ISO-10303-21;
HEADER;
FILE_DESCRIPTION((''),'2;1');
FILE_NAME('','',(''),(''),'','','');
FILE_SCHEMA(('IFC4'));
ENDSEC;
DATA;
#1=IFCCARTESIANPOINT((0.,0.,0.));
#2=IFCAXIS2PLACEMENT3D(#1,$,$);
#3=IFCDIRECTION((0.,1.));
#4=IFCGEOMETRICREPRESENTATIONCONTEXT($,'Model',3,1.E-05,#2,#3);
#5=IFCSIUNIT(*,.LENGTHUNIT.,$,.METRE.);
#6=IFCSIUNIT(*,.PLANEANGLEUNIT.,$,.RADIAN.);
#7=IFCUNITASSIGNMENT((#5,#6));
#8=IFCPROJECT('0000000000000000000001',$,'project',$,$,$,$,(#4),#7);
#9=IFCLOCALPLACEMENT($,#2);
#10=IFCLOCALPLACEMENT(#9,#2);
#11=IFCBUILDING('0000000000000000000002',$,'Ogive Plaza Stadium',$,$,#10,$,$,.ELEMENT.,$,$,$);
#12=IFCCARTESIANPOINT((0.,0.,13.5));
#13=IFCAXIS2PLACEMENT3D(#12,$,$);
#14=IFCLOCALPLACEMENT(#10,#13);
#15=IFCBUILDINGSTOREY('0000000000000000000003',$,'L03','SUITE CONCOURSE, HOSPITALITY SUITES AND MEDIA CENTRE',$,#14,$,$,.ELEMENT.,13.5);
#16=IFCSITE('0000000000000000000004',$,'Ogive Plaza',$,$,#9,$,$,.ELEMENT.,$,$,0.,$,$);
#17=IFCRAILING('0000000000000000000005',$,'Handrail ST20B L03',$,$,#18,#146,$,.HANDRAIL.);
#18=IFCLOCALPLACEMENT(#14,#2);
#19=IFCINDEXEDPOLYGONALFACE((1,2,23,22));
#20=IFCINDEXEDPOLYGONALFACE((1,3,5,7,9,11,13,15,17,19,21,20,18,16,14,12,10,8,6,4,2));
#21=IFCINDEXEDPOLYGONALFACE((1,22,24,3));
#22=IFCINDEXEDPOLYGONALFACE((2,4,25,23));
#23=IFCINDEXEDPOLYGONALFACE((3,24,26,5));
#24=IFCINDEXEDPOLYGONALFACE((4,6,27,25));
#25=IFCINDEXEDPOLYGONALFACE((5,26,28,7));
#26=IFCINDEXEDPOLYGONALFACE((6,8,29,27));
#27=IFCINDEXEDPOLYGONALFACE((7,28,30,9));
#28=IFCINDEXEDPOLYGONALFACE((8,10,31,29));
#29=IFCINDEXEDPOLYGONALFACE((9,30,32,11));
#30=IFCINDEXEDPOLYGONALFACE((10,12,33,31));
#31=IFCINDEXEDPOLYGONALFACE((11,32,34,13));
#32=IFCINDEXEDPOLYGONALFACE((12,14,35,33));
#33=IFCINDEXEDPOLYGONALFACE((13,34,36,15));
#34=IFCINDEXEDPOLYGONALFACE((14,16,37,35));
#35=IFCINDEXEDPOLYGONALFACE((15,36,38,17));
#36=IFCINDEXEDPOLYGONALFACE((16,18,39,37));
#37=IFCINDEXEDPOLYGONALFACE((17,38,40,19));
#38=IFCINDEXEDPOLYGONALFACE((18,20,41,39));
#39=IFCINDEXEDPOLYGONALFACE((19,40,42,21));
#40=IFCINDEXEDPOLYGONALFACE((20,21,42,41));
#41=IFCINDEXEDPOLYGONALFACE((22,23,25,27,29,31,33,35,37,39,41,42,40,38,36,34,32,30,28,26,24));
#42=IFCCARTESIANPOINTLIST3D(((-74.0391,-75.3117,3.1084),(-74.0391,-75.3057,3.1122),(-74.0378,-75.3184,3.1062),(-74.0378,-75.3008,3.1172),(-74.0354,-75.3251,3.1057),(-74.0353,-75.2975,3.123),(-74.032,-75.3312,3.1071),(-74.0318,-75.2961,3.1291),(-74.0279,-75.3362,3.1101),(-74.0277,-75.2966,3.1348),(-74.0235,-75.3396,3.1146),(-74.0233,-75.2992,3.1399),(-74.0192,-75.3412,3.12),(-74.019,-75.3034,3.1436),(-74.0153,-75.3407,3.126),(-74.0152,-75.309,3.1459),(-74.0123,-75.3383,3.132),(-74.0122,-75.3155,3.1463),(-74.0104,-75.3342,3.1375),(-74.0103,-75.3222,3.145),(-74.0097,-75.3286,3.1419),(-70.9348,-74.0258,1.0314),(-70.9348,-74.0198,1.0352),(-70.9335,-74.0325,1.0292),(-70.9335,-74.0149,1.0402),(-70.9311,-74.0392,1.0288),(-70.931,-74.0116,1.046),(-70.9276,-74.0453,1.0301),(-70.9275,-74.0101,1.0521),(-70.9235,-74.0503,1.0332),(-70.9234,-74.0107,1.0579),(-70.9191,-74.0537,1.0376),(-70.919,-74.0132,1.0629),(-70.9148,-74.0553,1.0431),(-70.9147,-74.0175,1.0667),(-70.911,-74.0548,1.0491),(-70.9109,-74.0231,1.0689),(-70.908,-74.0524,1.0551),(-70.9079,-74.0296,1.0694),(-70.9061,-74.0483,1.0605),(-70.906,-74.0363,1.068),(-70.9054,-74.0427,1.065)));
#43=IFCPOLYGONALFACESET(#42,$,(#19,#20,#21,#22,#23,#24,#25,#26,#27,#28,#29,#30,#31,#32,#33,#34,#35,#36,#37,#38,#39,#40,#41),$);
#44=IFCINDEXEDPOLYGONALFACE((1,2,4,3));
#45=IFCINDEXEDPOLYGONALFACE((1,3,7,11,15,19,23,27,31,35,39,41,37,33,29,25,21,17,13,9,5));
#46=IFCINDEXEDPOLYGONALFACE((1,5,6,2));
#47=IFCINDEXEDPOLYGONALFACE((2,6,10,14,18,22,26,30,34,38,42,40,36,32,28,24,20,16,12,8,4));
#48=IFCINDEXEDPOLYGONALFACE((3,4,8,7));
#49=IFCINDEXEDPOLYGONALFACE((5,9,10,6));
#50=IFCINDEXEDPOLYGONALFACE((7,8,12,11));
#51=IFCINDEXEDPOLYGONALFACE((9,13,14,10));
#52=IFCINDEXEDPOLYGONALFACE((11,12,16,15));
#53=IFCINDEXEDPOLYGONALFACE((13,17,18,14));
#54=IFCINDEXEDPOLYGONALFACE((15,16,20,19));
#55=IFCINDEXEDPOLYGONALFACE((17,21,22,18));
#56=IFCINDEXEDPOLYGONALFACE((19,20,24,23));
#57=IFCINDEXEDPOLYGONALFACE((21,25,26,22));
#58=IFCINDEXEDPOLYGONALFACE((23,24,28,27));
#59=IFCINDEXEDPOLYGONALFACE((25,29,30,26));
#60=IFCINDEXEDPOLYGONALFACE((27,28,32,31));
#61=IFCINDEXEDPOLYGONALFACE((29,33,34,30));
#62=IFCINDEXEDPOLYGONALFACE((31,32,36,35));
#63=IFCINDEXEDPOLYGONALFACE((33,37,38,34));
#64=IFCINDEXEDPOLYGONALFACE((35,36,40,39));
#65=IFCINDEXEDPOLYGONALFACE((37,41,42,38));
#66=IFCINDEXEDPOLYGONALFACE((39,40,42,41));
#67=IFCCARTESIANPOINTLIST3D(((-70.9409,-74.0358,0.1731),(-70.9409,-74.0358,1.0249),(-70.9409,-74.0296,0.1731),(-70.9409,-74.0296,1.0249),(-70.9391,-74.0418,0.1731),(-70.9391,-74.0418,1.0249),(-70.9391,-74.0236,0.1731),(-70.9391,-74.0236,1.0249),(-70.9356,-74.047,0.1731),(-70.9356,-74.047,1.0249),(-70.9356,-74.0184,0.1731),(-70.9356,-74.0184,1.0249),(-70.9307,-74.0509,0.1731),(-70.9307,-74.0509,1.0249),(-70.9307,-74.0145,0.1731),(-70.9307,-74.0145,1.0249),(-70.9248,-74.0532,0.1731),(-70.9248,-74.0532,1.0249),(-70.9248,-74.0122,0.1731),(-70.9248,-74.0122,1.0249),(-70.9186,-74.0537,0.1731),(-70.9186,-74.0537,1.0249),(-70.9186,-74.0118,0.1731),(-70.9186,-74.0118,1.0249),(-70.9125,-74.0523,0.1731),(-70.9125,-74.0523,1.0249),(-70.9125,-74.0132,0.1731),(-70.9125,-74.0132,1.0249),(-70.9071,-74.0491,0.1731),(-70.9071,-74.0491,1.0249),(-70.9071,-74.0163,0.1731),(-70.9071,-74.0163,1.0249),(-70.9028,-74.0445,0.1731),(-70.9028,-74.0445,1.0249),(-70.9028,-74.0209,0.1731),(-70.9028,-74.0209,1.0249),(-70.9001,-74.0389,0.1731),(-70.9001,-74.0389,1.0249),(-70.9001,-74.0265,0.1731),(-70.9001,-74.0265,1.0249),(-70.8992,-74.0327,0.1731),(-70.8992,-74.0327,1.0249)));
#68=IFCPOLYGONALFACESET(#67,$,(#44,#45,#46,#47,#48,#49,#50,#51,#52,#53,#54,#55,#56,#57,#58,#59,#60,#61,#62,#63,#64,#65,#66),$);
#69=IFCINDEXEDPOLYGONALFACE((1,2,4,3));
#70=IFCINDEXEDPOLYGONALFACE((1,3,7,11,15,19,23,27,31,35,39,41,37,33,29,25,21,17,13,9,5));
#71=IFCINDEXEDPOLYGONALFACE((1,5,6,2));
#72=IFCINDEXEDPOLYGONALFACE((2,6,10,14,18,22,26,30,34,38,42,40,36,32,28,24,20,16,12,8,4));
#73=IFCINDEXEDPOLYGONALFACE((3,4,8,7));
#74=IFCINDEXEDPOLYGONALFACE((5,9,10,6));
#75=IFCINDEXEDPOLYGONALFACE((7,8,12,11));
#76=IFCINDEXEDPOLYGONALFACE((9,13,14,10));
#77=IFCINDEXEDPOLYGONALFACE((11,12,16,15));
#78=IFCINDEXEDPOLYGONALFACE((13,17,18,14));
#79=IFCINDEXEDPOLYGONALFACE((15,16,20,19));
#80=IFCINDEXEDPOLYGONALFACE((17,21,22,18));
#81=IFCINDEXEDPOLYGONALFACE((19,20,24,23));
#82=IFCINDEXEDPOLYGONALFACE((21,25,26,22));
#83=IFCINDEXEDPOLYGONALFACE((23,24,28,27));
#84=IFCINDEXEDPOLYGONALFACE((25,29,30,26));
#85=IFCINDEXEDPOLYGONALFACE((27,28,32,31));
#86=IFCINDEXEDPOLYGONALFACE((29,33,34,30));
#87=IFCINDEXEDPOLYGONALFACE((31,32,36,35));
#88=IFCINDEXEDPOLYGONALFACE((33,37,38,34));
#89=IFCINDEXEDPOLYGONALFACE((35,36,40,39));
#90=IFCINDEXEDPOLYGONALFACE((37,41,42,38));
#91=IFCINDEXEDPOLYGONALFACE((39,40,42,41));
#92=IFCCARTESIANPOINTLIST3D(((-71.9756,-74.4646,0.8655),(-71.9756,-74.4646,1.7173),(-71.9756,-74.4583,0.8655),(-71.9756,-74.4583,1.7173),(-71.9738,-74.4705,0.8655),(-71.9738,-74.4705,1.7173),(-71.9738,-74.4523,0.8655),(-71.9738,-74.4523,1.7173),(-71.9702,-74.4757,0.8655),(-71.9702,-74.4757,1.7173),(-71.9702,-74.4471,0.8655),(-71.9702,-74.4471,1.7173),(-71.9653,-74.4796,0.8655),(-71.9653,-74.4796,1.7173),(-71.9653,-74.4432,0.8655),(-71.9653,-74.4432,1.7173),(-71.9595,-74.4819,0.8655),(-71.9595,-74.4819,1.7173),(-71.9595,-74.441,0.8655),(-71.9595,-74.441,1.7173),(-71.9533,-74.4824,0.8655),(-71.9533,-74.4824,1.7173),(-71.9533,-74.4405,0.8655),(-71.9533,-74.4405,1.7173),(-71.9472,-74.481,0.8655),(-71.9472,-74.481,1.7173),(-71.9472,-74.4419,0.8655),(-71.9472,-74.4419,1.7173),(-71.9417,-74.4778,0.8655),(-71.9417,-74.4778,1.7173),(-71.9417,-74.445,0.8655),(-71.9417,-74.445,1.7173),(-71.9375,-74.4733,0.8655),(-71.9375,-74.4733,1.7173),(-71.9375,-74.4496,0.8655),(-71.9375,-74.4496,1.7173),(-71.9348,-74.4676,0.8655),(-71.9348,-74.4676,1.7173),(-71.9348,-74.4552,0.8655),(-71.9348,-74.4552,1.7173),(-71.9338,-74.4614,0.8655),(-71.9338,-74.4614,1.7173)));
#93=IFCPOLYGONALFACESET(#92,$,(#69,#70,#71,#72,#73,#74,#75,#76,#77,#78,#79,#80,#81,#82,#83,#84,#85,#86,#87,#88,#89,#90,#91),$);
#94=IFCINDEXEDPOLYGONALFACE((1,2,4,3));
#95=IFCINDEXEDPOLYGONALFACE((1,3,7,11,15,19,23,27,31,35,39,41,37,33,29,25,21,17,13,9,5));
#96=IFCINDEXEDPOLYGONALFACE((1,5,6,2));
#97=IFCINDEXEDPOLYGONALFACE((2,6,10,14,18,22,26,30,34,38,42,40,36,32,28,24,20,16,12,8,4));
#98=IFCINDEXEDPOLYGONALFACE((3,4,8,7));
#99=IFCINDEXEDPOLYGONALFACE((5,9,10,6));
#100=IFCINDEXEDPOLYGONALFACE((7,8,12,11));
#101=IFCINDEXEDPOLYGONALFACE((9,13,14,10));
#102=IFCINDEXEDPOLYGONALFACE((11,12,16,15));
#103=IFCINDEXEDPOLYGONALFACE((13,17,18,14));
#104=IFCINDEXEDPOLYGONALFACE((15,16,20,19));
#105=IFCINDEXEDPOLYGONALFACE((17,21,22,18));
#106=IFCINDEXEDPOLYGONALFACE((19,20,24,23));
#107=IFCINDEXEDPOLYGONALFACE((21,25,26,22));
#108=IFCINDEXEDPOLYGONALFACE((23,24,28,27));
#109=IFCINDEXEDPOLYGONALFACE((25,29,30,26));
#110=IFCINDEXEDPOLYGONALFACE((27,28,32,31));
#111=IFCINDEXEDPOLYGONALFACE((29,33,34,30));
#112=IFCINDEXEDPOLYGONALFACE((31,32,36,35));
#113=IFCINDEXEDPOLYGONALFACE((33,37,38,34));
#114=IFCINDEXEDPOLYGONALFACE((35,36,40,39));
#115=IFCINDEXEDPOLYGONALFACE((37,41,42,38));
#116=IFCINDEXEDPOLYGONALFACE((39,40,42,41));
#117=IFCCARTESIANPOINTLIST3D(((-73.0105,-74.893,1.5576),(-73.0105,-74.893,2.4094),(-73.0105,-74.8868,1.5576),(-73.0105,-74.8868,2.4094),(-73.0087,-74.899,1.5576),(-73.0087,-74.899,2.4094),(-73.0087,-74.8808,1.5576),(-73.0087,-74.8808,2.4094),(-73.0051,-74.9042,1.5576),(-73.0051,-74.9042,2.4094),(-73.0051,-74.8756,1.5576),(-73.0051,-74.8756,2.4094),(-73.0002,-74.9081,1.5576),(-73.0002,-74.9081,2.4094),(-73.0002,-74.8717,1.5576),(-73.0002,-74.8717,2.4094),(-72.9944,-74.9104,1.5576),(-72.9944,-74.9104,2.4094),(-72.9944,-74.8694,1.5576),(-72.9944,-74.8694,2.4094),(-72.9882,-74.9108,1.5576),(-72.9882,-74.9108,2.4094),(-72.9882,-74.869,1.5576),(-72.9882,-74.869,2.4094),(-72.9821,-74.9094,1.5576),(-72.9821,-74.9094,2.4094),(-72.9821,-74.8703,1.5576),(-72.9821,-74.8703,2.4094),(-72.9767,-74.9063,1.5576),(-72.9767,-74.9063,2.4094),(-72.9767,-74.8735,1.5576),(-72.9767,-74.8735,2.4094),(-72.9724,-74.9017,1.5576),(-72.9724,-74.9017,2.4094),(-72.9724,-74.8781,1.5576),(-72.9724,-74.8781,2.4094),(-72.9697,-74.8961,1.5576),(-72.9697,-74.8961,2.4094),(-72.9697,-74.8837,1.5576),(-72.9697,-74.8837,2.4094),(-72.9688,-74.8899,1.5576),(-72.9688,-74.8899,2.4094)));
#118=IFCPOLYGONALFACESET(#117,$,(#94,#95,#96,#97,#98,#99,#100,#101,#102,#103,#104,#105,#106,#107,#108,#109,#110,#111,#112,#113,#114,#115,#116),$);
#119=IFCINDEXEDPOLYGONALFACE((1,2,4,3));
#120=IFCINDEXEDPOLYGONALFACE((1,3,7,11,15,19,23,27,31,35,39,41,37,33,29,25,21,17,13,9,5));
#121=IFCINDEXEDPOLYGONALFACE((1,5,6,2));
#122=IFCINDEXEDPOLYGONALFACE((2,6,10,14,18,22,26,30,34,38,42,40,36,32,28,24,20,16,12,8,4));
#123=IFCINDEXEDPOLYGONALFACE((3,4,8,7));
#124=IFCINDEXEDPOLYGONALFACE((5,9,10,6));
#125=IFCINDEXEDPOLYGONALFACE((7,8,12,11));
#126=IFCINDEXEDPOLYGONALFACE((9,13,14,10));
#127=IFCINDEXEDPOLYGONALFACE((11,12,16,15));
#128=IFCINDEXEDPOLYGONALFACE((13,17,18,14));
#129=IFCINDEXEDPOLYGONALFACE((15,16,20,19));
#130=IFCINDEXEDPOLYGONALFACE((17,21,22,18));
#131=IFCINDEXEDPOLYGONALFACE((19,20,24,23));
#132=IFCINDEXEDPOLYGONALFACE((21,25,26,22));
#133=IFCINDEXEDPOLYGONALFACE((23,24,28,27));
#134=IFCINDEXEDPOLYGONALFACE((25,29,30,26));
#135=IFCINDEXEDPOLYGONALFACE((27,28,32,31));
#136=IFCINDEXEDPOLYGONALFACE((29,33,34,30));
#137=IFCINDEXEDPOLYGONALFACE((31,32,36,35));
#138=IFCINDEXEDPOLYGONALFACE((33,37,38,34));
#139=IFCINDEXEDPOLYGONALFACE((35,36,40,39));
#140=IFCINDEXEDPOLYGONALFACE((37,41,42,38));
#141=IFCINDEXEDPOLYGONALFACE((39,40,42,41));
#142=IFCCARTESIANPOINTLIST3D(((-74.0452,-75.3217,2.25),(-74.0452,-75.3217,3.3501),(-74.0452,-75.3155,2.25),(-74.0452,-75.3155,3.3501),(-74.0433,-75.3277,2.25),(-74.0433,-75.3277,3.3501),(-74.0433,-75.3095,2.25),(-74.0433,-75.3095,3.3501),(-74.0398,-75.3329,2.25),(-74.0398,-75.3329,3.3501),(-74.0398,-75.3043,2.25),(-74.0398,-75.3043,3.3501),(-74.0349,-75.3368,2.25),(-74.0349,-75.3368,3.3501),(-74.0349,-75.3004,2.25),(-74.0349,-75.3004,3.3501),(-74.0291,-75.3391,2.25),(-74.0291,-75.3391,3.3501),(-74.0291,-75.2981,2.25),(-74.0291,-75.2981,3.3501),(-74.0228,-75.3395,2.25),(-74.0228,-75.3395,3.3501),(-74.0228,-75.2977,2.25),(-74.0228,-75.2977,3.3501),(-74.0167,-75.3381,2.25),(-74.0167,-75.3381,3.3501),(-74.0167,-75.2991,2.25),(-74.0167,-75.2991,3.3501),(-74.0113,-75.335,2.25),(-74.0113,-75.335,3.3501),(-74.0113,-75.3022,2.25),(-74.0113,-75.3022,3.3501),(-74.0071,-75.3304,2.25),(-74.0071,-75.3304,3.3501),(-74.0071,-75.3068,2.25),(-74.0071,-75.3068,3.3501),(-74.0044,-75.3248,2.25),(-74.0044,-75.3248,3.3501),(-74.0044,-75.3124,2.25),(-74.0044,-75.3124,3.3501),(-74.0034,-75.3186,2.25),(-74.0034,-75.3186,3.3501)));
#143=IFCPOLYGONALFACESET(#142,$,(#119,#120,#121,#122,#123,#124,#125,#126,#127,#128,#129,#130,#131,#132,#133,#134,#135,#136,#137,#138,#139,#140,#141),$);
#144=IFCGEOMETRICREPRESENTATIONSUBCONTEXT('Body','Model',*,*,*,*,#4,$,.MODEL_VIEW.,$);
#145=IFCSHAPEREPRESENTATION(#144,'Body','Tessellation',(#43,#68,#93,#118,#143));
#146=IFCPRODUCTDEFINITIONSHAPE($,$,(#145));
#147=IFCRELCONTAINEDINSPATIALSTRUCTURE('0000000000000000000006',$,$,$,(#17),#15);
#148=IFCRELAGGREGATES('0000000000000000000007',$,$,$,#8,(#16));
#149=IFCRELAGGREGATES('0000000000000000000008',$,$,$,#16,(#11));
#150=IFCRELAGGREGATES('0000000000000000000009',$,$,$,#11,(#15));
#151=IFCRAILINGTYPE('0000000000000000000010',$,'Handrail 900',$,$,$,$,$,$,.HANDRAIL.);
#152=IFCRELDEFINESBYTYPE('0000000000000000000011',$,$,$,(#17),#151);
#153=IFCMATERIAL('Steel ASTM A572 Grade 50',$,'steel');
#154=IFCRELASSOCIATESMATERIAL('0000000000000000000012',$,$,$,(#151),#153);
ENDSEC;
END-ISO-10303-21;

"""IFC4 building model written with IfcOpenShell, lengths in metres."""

from ifc_helpers import new_model, si_unit, direction, frame, origin, origin_2d, place, context, subcontext, project, spatial, circle, extrude, material, type_object, element, save


model = new_model("IFC4")

# Units and contexts
model_context = context("Model", 3, precision=1e-05, world=origin(), true_north=direction((0.0, 1.0)))
body_context = subcontext(model_context, "Body", "Model", "MODEL_VIEW")
ifc_project = project(units=[si_unit("LENGTHUNIT", "METRE"), si_unit("PLANEANGLEUNIT", "RADIAN")], contexts=[model_context])

# Site, building, storey
site_placement = place(None, origin())
site = spatial("IfcSite", under=ifc_project, at=site_placement, Name="Ogive Plaza", CompositionType="ELEMENT", RefElevation=0.0)
building_placement = place(site_placement, origin())
building = spatial("IfcBuilding", under=site, at=building_placement, Name="Ogive Plaza Stadium", CompositionType="ELEMENT")
storey_placement = place(building_placement, frame((0.0, 0.0, 13.5)))
storey = spatial("IfcBuildingStorey", under=building, at=storey_placement, Name="L03", Description="SUITE CONCOURSE, HOSPITALITY SUITES AND MEDIA CENTRE", CompositionType="ELEMENT", Elevation=13.5)

# Railing
ifc_material_1 = material(Name="Steel ASTM A572 Grade 50", Category="steel")
railing_type_1 = type_object("IfcRailingType", Name="Handrail 900", PredefinedType="HANDRAIL", material=ifc_material_1)
railing_1_placement = place(storey_placement, frame((-70.9202, -74.0327, 0.1731)))
element("IfcRailing", 1, at=railing_1_placement, inside=storey, type_object=railing_type_1, Name="Handrail ST20B L03", PredefinedType="HANDRAIL", context=body_context, shape_type="SweptSolid", body=[
    extrude(circle(Radius=0.0239, at=origin_2d()), frame((0.0, 0.0, 0.876), z_axis=(-0.785863, -0.325532, 0.525783), x_axis=(0.3827, -0.923872, 0.0)), (0.0, 0.0, 1.0), 3.9502),
    extrude(circle(Radius=0.021, at=origin_2d()), origin(), (0.0, 0.0, 1.0), 0.8518),
    extrude(circle(Radius=0.021, at=origin_2d()), frame((-1.0347, -0.4287, 0.6924)), (0.0, 0.0, 1.0), 0.8518),
    extrude(circle(Radius=0.021, at=origin_2d()), frame((-2.0696, -0.8572, 1.3845)), (0.0, 0.0, 1.0), 0.8518),
    extrude(circle(Radius=0.021, at=origin_2d()), frame((-3.1042, -1.2859, 2.0769)), (0.0, 0.0, 1.0), 1.1001),
])

save(model, "model.ifc")
